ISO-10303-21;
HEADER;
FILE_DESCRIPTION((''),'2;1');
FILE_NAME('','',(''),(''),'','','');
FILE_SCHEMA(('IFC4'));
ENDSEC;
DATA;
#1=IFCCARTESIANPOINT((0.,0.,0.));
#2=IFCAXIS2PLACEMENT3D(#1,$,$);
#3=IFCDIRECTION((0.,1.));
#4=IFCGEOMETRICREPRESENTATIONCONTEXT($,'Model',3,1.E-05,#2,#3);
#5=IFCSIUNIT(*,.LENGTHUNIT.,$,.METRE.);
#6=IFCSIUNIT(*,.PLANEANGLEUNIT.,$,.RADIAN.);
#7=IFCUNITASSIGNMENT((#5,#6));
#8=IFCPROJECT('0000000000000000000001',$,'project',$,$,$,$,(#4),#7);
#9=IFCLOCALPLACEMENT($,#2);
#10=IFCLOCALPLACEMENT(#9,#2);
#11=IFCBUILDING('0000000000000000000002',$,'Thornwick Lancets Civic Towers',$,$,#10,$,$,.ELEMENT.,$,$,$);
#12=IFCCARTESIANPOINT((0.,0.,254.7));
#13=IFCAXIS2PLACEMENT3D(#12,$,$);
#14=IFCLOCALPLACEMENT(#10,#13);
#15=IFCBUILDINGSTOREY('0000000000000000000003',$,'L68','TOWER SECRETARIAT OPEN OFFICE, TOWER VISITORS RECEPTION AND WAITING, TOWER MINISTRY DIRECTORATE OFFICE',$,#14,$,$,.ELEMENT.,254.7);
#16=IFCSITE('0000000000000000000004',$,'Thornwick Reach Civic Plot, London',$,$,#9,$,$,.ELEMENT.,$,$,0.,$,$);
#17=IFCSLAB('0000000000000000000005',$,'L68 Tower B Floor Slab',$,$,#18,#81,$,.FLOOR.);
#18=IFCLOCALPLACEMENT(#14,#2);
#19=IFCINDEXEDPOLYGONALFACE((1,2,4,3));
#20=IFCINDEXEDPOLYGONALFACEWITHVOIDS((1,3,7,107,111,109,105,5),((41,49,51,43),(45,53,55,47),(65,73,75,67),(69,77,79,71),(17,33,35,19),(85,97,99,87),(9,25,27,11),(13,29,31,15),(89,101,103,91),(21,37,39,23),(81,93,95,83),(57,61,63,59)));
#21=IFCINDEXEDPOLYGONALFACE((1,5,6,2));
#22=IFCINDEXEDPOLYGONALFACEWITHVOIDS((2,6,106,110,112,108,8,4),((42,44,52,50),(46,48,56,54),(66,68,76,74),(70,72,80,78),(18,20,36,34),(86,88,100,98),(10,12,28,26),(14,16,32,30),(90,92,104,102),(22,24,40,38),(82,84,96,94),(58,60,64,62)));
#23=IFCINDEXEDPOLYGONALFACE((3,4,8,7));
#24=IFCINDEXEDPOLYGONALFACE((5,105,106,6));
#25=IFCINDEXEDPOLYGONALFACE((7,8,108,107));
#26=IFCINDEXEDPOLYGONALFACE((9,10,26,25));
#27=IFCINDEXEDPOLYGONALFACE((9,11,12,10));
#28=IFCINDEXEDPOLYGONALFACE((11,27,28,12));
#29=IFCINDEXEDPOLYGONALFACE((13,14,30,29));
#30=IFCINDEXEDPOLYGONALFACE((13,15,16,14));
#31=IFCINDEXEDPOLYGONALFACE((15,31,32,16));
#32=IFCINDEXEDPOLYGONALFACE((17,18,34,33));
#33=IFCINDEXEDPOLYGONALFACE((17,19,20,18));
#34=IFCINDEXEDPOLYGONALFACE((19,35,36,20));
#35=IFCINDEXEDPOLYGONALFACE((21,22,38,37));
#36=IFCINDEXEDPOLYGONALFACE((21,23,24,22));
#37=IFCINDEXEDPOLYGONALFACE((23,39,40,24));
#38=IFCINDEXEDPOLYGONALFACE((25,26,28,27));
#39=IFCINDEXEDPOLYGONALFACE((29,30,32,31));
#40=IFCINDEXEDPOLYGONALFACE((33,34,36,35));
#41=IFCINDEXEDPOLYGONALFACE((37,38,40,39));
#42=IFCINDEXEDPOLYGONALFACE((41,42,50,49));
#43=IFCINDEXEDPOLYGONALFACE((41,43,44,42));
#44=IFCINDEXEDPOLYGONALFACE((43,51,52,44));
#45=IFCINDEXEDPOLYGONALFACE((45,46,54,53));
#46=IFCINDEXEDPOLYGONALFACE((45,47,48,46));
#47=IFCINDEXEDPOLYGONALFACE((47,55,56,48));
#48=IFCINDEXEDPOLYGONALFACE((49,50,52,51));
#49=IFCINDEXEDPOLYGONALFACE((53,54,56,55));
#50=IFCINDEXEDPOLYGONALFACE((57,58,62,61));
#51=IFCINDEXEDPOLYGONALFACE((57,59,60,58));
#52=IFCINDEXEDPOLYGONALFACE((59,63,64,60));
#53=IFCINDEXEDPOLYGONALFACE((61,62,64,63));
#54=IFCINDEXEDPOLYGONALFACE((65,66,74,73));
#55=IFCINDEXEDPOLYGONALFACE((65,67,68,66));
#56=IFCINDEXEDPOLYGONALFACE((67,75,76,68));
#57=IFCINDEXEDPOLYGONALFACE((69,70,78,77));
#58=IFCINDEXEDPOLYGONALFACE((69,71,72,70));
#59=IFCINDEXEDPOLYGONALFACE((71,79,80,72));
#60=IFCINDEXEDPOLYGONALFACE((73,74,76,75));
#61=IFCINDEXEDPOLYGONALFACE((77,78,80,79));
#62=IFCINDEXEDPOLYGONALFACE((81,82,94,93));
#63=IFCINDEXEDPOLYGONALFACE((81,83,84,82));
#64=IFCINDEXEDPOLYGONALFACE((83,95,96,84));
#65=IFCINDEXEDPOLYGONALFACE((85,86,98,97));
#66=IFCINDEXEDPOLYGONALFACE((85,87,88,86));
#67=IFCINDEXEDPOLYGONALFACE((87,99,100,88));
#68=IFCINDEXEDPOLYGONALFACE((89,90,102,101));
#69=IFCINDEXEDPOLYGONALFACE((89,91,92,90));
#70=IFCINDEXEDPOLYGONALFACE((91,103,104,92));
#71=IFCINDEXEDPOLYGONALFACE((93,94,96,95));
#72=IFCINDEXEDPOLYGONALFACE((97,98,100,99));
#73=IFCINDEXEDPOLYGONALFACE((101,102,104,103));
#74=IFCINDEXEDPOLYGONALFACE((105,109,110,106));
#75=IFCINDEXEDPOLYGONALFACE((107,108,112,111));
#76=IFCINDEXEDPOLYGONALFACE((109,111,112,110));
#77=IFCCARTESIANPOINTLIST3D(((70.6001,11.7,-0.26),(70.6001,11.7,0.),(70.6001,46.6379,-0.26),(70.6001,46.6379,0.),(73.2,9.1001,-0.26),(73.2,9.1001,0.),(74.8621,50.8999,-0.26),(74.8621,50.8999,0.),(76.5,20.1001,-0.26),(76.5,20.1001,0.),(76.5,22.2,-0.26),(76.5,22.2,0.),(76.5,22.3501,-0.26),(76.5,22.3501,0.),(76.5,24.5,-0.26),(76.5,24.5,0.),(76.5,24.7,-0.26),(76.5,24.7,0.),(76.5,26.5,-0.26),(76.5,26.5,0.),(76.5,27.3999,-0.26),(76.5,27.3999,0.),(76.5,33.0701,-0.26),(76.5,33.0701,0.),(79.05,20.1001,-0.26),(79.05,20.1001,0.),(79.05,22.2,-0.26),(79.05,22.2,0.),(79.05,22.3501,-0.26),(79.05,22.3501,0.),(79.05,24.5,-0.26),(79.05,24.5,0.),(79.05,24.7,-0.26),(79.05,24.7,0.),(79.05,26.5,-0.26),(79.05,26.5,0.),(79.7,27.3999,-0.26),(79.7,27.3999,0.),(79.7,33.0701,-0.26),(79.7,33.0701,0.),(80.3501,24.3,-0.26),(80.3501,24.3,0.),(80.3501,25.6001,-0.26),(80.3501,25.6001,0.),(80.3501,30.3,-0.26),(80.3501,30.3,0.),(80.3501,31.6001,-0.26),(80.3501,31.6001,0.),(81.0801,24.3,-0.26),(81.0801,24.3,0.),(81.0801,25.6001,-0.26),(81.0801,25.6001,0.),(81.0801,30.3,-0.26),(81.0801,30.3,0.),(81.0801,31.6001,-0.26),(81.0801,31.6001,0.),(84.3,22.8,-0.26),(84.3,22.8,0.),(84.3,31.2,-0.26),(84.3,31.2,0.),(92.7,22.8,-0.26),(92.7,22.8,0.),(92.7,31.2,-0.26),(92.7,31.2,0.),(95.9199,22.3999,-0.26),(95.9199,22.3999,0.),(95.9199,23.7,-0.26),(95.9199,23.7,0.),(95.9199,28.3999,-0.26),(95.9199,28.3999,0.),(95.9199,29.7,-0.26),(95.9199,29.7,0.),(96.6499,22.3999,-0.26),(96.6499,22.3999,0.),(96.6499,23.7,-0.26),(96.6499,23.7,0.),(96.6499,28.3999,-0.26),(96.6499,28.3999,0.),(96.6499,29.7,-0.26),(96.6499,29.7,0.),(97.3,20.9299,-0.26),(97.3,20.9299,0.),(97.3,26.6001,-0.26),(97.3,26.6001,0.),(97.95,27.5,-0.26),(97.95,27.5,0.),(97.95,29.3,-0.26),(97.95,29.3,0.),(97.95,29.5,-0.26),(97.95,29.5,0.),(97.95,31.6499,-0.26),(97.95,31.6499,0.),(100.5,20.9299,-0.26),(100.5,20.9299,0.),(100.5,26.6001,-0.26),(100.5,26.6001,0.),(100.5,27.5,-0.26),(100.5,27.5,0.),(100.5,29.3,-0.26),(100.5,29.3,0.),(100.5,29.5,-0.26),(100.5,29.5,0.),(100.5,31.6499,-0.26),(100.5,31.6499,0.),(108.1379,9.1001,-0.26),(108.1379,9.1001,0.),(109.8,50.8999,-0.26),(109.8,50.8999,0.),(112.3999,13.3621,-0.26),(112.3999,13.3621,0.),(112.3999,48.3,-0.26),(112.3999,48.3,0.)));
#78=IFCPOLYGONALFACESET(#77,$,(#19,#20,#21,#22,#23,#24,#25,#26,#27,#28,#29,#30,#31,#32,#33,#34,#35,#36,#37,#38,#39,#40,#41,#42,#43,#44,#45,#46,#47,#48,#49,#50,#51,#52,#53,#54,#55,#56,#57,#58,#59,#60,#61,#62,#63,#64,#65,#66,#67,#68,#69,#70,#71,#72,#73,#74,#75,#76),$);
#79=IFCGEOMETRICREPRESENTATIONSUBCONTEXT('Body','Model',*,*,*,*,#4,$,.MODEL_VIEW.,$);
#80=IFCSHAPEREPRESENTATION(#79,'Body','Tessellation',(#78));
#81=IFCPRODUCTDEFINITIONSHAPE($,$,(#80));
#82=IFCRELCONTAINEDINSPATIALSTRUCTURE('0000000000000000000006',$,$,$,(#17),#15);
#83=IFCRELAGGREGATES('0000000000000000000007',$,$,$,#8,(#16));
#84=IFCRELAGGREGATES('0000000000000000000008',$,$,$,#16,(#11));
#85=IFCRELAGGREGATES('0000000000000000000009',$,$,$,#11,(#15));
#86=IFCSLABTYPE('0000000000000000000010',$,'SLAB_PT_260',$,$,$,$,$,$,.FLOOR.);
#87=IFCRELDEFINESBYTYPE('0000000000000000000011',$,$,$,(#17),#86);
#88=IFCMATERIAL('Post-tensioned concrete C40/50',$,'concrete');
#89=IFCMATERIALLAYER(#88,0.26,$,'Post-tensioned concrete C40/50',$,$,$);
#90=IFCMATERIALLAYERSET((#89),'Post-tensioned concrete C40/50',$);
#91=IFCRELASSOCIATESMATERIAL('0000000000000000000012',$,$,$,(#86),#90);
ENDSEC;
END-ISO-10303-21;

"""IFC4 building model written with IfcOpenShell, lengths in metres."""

from ifc_helpers import new_model, si_unit, direction, frame, origin, place, context, subcontext, project, spatial, polyline, outline, extrude, material, layer, layer_set, type_object, element, save


model = new_model("IFC4")

# Units and contexts
model_context = context("Model", 3, precision=1e-05, world=origin(), true_north=direction((0.0, 1.0)))
body_context = subcontext(model_context, "Body", "Model", "MODEL_VIEW")
ifc_project = project(units=[si_unit("LENGTHUNIT", "METRE"), si_unit("PLANEANGLEUNIT", "RADIAN")], contexts=[model_context])

# Site, building, storey
site_placement = place(None, origin())
site = spatial("IfcSite", under=ifc_project, at=site_placement, Name="Thornwick Reach Civic Plot, London", CompositionType="ELEMENT", RefElevation=0.0)
building_placement = place(site_placement, origin())
building = spatial("IfcBuilding", under=site, at=building_placement, Name="Thornwick Lancets Civic Towers", CompositionType="ELEMENT")
storey_placement = place(building_placement, frame((0.0, 0.0, 254.7)))
storey = spatial("IfcBuildingStorey", under=building, at=storey_placement, Name="L68", Description="TOWER SECRETARIAT OPEN OFFICE, TOWER VISITORS RECEPTION AND WAITING, TOWER MINISTRY DIRECTORATE OFFICE", CompositionType="ELEMENT", Elevation=254.7)

# Slab
ifc_material_1 = material(Name="Post-tensioned concrete C40/50", Category="concrete")
ifc_layer_1 = layer(ifc_material_1, 0.26, Name="Post-tensioned concrete C40/50")
ifc_layer_set_1 = layer_set([ifc_layer_1], Name="Post-tensioned concrete C40/50")
slab_type_1 = type_object("IfcSlabType", Name="SLAB_PT_260", PredefinedType="FLOOR", material=ifc_layer_set_1)
slab_1_placement = place(storey_placement, frame((0.0, 0.0, -0.26)))
element("IfcSlab", 1, at=slab_1_placement, inside=storey, type_object=slab_type_1, Name="L68 Tower B Floor Slab", PredefinedType="FLOOR", context=body_context, shape_type="SweptSolid", body=[
    extrude(outline(polyline([(73.2, 9.1001), (108.1379, 9.1001), (112.3999, 13.3621), (112.3999, 48.3), (109.8, 50.8999), (74.8621, 50.8999), (70.6001, 46.6379), (70.6001, 11.7), (73.2, 9.1001)]), holes=[polyline([(84.3, 22.8), (92.7, 22.8), (92.7, 31.2), (84.3, 31.2), (84.3, 22.8)]), polyline([(100.5, 20.9299), (100.5, 26.6001), (97.3, 26.6001), (97.3, 20.9299), (100.5, 20.9299)]), polyline([(76.5, 33.0701), (76.5, 27.3999), (79.7, 27.3999), (79.7, 33.0701), (76.5, 33.0701)]), polyline([(97.95, 27.5), (100.5, 27.5), (100.5, 29.3), (97.95, 29.3), (97.95, 27.5)]), polyline([(97.95, 29.5), (100.5, 29.5), (100.5, 31.6499), (97.95, 31.6499), (97.95, 29.5)]), polyline([(76.5, 24.7), (79.05, 24.7), (79.05, 26.5), (76.5, 26.5), (76.5, 24.7)]), polyline([(76.5, 22.3501), (79.05, 22.3501), (79.05, 24.5), (76.5, 24.5), (76.5, 22.3501)]), polyline([(76.5, 20.1001), (79.05, 20.1001), (79.05, 22.2), (76.5, 22.2), (76.5, 20.1001)]), polyline([(95.9199, 28.3999), (96.6499, 28.3999), (96.6499, 29.7), (95.9199, 29.7), (95.9199, 28.3999)]), polyline([(95.9199, 22.3999), (96.6499, 22.3999), (96.6499, 23.7), (95.9199, 23.7), (95.9199, 22.3999)]), polyline([(80.3501, 24.3), (81.0801, 24.3), (81.0801, 25.6001), (80.3501, 25.6001), (80.3501, 24.3)]), polyline([(80.3501, 30.3), (81.0801, 30.3), (81.0801, 31.6001), (80.3501, 31.6001), (80.3501, 30.3)])]), origin(), (0.0, 0.0, 1.0), 0.26),
])

save(model, "model.ifc")
